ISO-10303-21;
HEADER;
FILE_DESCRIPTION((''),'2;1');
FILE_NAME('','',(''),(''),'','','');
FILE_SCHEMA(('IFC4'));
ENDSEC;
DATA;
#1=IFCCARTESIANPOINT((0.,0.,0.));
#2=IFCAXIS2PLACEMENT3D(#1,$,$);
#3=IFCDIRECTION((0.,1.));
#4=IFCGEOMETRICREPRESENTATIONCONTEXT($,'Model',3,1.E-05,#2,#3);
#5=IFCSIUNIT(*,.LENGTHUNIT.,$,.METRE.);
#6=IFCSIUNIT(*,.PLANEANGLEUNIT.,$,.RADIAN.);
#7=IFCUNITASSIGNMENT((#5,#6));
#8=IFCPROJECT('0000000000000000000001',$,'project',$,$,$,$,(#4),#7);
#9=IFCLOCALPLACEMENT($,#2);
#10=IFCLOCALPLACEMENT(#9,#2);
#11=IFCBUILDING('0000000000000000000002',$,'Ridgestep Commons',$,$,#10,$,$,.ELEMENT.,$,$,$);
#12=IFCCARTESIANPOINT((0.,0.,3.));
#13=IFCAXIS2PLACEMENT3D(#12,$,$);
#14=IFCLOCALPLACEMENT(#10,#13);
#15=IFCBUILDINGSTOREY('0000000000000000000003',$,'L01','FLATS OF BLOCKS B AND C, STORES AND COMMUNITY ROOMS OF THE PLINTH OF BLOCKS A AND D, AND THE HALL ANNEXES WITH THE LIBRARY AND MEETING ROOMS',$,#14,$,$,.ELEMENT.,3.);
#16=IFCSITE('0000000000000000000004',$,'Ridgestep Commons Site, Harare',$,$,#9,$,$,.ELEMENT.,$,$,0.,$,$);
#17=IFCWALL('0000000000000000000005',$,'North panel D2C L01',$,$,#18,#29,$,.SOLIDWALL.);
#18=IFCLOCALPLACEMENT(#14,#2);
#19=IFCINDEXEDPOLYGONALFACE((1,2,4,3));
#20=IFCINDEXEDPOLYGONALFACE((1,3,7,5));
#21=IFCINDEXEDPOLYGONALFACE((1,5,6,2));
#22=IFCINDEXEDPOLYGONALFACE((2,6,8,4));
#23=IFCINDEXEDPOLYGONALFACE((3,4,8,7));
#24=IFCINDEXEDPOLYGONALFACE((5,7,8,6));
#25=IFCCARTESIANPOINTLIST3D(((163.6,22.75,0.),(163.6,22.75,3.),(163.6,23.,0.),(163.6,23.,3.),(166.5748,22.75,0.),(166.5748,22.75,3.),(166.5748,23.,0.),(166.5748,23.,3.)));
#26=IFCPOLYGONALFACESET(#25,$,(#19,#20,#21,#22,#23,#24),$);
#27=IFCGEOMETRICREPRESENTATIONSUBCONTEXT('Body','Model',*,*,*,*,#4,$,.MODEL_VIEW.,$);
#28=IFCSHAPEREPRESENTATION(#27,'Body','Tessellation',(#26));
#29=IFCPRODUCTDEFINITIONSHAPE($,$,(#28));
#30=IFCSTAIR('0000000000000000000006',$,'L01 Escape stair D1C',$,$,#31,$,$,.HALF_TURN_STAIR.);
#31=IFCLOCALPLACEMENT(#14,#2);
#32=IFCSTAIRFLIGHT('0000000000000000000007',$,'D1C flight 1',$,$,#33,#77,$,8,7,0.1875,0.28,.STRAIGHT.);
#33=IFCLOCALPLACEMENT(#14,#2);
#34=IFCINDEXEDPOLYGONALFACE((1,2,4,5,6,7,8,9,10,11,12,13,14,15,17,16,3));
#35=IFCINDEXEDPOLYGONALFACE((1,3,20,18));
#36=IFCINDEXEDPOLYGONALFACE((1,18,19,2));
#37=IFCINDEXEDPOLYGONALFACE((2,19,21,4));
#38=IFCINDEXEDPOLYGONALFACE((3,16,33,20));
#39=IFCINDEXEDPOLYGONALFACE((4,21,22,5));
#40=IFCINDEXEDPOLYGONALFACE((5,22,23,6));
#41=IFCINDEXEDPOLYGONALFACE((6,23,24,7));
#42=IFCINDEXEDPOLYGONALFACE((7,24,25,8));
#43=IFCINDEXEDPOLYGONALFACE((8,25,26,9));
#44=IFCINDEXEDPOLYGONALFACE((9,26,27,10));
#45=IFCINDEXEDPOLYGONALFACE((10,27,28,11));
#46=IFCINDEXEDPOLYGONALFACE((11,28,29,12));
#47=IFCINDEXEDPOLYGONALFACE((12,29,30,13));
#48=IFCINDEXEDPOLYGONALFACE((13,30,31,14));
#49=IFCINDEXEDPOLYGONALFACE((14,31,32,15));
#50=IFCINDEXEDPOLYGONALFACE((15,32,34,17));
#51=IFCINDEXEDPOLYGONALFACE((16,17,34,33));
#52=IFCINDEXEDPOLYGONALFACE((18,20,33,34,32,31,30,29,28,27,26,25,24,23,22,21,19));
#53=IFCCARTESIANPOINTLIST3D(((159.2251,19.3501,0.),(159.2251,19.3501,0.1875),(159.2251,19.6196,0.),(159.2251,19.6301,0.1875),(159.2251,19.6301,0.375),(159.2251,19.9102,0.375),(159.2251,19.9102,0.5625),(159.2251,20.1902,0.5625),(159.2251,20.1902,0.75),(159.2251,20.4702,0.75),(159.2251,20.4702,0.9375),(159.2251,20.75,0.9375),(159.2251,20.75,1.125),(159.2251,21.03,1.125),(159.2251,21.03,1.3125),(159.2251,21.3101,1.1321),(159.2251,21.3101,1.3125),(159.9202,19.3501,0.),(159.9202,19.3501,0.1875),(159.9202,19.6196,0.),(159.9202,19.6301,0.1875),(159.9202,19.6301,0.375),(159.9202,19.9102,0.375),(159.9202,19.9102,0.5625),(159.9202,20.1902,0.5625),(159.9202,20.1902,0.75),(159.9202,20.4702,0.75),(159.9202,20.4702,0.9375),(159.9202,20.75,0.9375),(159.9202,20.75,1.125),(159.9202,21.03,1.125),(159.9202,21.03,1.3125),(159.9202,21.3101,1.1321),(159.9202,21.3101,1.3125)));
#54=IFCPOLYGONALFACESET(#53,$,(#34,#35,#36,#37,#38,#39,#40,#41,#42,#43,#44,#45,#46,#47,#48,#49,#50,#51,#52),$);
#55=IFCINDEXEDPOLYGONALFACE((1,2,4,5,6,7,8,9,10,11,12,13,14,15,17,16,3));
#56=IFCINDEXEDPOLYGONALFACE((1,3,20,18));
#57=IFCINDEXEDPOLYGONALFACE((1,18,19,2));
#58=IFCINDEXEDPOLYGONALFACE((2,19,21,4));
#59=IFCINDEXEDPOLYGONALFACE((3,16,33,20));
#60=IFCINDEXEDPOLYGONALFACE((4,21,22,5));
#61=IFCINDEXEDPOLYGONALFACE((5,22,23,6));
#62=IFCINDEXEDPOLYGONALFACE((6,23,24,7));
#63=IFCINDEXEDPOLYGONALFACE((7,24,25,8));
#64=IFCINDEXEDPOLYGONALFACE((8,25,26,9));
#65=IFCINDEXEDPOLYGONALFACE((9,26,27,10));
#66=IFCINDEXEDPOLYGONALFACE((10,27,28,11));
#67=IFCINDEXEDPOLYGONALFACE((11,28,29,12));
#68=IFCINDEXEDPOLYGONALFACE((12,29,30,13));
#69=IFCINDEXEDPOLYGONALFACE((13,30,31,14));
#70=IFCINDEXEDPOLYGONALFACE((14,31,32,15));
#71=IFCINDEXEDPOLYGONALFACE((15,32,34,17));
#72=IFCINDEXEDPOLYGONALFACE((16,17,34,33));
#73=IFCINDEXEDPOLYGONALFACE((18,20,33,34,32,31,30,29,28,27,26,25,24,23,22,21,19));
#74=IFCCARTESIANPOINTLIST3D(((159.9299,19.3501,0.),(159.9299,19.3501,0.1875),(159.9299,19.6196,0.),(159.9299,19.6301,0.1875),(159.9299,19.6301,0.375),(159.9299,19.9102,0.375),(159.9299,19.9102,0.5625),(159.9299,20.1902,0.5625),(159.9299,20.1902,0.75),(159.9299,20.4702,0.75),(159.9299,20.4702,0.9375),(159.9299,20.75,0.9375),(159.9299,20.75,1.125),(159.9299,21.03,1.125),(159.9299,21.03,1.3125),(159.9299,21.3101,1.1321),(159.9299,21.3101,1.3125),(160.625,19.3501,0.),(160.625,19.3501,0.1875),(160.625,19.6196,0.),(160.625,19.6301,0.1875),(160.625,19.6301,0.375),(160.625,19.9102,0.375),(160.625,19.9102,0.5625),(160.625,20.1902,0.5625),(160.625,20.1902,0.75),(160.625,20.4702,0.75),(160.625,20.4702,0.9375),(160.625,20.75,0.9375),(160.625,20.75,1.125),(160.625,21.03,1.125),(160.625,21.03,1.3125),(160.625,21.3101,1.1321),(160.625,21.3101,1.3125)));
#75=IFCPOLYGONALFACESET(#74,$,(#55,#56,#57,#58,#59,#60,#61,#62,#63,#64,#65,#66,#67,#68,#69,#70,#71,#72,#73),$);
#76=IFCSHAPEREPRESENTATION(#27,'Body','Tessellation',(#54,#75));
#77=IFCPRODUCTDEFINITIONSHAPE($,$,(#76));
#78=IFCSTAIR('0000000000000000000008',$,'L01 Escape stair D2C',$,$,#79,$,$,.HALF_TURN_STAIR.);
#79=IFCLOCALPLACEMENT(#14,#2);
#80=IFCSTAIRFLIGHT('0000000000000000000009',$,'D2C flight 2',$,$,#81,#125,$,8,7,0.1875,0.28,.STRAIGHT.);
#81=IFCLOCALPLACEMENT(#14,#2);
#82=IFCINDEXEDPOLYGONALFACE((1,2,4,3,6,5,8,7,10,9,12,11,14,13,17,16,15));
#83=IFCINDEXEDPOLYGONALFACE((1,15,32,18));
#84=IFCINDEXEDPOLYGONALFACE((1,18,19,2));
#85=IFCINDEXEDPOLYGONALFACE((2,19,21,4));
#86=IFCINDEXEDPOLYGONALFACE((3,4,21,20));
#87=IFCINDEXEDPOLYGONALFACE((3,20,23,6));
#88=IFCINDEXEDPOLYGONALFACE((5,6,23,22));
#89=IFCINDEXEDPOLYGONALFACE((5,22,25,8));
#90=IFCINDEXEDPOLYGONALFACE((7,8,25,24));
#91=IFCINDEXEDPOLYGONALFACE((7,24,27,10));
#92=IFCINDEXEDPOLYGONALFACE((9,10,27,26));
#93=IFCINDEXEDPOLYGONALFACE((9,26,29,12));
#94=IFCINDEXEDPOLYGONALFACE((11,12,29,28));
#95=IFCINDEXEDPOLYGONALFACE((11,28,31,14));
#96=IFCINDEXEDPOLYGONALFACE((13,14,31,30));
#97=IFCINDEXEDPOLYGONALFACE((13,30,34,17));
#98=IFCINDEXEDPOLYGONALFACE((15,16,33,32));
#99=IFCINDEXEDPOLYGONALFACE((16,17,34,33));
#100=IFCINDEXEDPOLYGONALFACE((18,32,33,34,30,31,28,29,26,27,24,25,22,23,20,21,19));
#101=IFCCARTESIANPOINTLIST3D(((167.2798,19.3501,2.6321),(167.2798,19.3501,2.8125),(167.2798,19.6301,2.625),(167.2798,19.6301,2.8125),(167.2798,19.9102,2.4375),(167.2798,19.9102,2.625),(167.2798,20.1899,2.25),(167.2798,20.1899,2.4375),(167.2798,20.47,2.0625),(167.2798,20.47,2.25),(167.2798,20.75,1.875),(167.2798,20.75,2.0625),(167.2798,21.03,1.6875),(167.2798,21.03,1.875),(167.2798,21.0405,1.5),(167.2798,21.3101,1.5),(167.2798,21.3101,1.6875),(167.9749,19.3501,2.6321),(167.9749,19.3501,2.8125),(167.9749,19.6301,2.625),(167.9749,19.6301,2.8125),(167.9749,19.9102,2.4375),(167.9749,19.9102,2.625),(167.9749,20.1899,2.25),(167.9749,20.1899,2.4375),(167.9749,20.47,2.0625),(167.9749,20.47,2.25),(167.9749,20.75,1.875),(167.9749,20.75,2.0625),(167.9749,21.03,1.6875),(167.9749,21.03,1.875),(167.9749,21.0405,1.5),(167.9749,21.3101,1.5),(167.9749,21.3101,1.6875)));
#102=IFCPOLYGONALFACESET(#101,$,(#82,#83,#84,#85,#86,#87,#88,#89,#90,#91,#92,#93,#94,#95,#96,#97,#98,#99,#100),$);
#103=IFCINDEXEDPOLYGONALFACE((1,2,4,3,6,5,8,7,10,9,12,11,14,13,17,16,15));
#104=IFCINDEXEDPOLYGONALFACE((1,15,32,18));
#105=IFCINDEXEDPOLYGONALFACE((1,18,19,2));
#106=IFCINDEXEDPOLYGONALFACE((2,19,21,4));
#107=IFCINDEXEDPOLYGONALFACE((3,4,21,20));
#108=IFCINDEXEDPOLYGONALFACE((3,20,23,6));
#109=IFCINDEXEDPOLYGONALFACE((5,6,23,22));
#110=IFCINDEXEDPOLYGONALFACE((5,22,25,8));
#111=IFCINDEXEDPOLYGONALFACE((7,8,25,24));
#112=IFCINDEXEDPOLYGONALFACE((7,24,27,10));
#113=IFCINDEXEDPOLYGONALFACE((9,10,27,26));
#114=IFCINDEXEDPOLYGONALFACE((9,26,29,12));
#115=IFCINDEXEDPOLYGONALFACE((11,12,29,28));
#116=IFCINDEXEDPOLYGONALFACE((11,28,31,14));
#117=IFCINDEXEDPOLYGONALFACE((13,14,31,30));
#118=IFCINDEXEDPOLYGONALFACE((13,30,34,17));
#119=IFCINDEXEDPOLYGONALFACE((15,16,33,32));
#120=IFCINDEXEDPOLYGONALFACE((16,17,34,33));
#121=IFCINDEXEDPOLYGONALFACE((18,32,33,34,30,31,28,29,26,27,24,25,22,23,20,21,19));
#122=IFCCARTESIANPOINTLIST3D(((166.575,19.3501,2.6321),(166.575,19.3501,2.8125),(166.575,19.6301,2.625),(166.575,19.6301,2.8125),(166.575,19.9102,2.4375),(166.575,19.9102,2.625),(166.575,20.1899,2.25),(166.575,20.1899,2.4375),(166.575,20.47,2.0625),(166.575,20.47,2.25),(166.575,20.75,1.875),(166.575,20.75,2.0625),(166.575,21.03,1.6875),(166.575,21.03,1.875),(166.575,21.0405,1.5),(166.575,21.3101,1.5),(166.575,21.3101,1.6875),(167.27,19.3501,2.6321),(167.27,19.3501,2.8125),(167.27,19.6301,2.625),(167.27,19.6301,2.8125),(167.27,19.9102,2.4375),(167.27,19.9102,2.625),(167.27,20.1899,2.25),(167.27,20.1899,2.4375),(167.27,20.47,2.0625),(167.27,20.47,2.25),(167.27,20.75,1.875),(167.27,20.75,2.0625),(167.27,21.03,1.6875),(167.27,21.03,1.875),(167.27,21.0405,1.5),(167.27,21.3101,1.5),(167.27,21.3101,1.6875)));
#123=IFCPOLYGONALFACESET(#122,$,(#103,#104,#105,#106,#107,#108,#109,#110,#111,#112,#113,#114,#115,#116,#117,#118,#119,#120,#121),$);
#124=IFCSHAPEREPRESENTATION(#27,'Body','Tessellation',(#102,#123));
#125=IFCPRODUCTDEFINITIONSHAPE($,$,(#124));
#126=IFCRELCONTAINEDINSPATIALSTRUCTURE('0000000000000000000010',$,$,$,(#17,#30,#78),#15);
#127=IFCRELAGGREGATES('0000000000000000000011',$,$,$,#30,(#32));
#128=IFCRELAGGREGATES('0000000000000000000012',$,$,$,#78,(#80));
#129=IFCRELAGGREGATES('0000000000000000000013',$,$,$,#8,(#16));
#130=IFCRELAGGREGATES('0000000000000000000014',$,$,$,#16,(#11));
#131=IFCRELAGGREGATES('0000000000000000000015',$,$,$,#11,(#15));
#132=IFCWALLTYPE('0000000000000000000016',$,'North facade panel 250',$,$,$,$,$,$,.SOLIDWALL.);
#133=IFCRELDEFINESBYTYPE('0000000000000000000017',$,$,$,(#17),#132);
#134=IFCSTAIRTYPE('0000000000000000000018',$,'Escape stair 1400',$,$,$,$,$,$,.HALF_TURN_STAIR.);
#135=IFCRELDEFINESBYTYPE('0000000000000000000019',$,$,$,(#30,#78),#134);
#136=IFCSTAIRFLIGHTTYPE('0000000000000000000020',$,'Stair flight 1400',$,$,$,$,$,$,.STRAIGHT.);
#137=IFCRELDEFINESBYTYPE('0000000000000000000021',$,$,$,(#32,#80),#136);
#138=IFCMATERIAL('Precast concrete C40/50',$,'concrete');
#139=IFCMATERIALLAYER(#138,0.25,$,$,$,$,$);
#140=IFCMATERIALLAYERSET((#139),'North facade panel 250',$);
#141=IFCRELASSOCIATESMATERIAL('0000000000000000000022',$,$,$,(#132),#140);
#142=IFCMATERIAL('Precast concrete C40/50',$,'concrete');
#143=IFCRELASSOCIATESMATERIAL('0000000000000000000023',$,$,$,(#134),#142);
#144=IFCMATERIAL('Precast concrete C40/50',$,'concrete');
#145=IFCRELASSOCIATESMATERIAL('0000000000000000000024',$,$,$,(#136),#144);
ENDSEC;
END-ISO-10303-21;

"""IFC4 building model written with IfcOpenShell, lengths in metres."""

from ifc_helpers import new_model, si_unit, direction, frame, frame_2d, origin, place, context, subcontext, project, spatial, polyline, rectangle, outline, extrude, material, layer, layer_set, type_object, element, aggregate, save


model = new_model("IFC4")

# Units and contexts
model_context = context("Model", 3, precision=1e-05, world=origin(), true_north=direction((0.0, 1.0)))
body_context = subcontext(model_context, "Body", "Model", "MODEL_VIEW")
ifc_project = project(units=[si_unit("LENGTHUNIT", "METRE"), si_unit("PLANEANGLEUNIT", "RADIAN")], contexts=[model_context])

# Site, building, storey
site_placement = place(None, origin())
site = spatial("IfcSite", under=ifc_project, at=site_placement, Name="Ridgestep Commons Site, Harare", CompositionType="ELEMENT", RefElevation=0.0)
building_placement = place(site_placement, origin())
building = spatial("IfcBuilding", under=site, at=building_placement, Name="Ridgestep Commons", CompositionType="ELEMENT")
storey_placement = place(building_placement, frame((0.0, 0.0, 3.0)))
storey = spatial("IfcBuildingStorey", under=building, at=storey_placement, Name="L01", Description="FLATS OF BLOCKS B AND C, STORES AND COMMUNITY ROOMS OF THE PLINTH OF BLOCKS A AND D, AND THE HALL ANNEXES WITH THE LIBRARY AND MEETING ROOMS", CompositionType="ELEMENT", Elevation=3.0)

# Wall
ifc_material_1 = material(Name="Precast concrete C40/50", Category="concrete")
ifc_layer_1 = layer(ifc_material_1, 0.25)
ifc_layer_set_1 = layer_set([ifc_layer_1], Name="North facade panel 250")
wall_type_1 = type_object("IfcWallType", Name="North facade panel 250", PredefinedType="SOLIDWALL", material=ifc_layer_set_1)
wall_1_placement = place(storey_placement, frame((163.6001, 22.875, 0.0), z_axis=(0.0, 0.0, 1.0), x_axis=(1.0, 0.0, 0.0)))
element("IfcWall", 1, at=wall_1_placement, inside=storey, type_object=wall_type_1, Name="North panel D2C L01", PredefinedType="SOLIDWALL", context=body_context, shape_type="SweptSolid", body=[
    extrude(rectangle(XDim=2.9749, YDim=0.25, at=frame_2d((1.4873, 0.0))), origin(), (0.0, 0.0, 1.0), 3.0),
])

# Stairs, stair flights
ifc_material_2 = material(Name="Precast concrete C40/50", Category="concrete")
stair_type = type_object("IfcStairType", Name="Escape stair 1400", PredefinedType="HALF_TURN_STAIR", material=ifc_material_2)
stair_1_placement = place(storey_placement, origin())
stair_1 = element("IfcStair", 2, at=stair_1_placement, inside=storey, type_object=stair_type, Name="L01 Escape stair D1C", PredefinedType="HALF_TURN_STAIR")
ifc_material_3 = material(Name="Precast concrete C40/50", Category="concrete")
stair_flight_type = type_object("IfcStairFlightType", Name="Stair flight 1400", PredefinedType="STRAIGHT", material=ifc_material_3)
stair_flight_1_placement = place(storey_placement, frame((159.925, 19.3501, 0.0), z_axis=(0.0, 0.0, 1.0), x_axis=(0.0, 1.0, 0.0)))
stair_flight_1 = element("IfcStairFlight", 3, at=stair_flight_1_placement, type_object=stair_flight_type, Name="D1C flight 1", NumberOfRisers=8, NumberOfTreads=7, PredefinedType="STRAIGHT", RiserHeight=0.1875, TreadLength=0.28, context=body_context, shape_type="SweptSolid", body=[
    extrude(outline(polyline([(0.0, 0.0), (0.0, 0.1875), (0.28, 0.1875), (0.28, 0.375), (0.5601, 0.375), (0.5601, 0.5625), (0.8401, 0.5625), (0.8401, 0.75), (1.1201, 0.75), (1.1201, 0.9375), (1.3999, 0.9375), (1.3999, 1.125), (1.6799, 1.125), (1.6799, 1.3125), (1.96, 1.3125), (1.96, 1.5), (1.96, 1.1321), (0.2695, 0.0), (0.0, 0.0)])), frame((0.0, 0.7, 0.0), z_axis=(0.0, -1.0, 0.0), x_axis=(1.0, 0.0, 0.0)), (0.0, 0.0, 1.0), 0.6951),
    extrude(outline(polyline([(0.0, 0.0), (0.0, 0.1875), (0.28, 0.1875), (0.28, 0.375), (0.5601, 0.375), (0.5601, 0.5625), (0.8401, 0.5625), (0.8401, 0.75), (1.1201, 0.75), (1.1201, 0.9375), (1.3999, 0.9375), (1.3999, 1.125), (1.6799, 1.125), (1.6799, 1.3125), (1.96, 1.3125), (1.96, 1.5), (1.96, 1.1321), (0.2695, 0.0), (0.0, 0.0)])), frame((0.0, -0.0049, 0.0), z_axis=(0.0, -1.0, 0.0), x_axis=(1.0, 0.0, 0.0)), (0.0, 0.0, 1.0), 0.6951),
])
aggregate(stair_1, [stair_flight_1])
stair_2_placement = place(storey_placement, origin())
stair_2 = element("IfcStair", 4, at=stair_2_placement, inside=storey, type_object=stair_type, Name="L01 Escape stair D2C", PredefinedType="HALF_TURN_STAIR")
stair_flight_2_placement = place(storey_placement, frame((167.2749, 21.3101, 1.5), z_axis=(0.0, 0.0, 1.0), x_axis=(0.0, -1.0, 0.0)))
stair_flight_2 = element("IfcStairFlight", 5, at=stair_flight_2_placement, type_object=stair_flight_type, Name="D2C flight 2", NumberOfRisers=8, NumberOfTreads=7, PredefinedType="STRAIGHT", RiserHeight=0.1875, TreadLength=0.28, context=body_context, shape_type="SweptSolid", body=[
    extrude(outline(polyline([(0.0, 0.0), (0.0, 0.1875), (0.28, 0.1875), (0.28, 0.375), (0.5601, 0.375), (0.5601, 0.5625), (0.8401, 0.5625), (0.8401, 0.75), (1.1201, 0.75), (1.1201, 0.9375), (1.3999, 0.9375), (1.3999, 1.125), (1.6799, 1.125), (1.6799, 1.3125), (1.96, 1.3125), (1.96, 1.5), (1.96, 1.1321), (0.2695, 0.0), (0.0, 0.0)])), frame((0.0, 0.7, 0.0), z_axis=(0.0, -1.0, 0.0), x_axis=(1.0, 0.0, 0.0)), (0.0, 0.0, 1.0), 0.6951),
    extrude(outline(polyline([(0.0, 0.0), (0.0, 0.1875), (0.28, 0.1875), (0.28, 0.375), (0.5601, 0.375), (0.5601, 0.5625), (0.8401, 0.5625), (0.8401, 0.75), (1.1201, 0.75), (1.1201, 0.9375), (1.3999, 0.9375), (1.3999, 1.125), (1.6799, 1.125), (1.6799, 1.3125), (1.96, 1.3125), (1.96, 1.5), (1.96, 1.1321), (0.2695, 0.0), (0.0, 0.0)])), frame((0.0, -0.0049, 0.0), z_axis=(0.0, -1.0, 0.0), x_axis=(1.0, 0.0, 0.0)), (0.0, 0.0, 1.0), 0.6951),
])
aggregate(stair_2, [stair_flight_2])

save(model, "model.ifc")
